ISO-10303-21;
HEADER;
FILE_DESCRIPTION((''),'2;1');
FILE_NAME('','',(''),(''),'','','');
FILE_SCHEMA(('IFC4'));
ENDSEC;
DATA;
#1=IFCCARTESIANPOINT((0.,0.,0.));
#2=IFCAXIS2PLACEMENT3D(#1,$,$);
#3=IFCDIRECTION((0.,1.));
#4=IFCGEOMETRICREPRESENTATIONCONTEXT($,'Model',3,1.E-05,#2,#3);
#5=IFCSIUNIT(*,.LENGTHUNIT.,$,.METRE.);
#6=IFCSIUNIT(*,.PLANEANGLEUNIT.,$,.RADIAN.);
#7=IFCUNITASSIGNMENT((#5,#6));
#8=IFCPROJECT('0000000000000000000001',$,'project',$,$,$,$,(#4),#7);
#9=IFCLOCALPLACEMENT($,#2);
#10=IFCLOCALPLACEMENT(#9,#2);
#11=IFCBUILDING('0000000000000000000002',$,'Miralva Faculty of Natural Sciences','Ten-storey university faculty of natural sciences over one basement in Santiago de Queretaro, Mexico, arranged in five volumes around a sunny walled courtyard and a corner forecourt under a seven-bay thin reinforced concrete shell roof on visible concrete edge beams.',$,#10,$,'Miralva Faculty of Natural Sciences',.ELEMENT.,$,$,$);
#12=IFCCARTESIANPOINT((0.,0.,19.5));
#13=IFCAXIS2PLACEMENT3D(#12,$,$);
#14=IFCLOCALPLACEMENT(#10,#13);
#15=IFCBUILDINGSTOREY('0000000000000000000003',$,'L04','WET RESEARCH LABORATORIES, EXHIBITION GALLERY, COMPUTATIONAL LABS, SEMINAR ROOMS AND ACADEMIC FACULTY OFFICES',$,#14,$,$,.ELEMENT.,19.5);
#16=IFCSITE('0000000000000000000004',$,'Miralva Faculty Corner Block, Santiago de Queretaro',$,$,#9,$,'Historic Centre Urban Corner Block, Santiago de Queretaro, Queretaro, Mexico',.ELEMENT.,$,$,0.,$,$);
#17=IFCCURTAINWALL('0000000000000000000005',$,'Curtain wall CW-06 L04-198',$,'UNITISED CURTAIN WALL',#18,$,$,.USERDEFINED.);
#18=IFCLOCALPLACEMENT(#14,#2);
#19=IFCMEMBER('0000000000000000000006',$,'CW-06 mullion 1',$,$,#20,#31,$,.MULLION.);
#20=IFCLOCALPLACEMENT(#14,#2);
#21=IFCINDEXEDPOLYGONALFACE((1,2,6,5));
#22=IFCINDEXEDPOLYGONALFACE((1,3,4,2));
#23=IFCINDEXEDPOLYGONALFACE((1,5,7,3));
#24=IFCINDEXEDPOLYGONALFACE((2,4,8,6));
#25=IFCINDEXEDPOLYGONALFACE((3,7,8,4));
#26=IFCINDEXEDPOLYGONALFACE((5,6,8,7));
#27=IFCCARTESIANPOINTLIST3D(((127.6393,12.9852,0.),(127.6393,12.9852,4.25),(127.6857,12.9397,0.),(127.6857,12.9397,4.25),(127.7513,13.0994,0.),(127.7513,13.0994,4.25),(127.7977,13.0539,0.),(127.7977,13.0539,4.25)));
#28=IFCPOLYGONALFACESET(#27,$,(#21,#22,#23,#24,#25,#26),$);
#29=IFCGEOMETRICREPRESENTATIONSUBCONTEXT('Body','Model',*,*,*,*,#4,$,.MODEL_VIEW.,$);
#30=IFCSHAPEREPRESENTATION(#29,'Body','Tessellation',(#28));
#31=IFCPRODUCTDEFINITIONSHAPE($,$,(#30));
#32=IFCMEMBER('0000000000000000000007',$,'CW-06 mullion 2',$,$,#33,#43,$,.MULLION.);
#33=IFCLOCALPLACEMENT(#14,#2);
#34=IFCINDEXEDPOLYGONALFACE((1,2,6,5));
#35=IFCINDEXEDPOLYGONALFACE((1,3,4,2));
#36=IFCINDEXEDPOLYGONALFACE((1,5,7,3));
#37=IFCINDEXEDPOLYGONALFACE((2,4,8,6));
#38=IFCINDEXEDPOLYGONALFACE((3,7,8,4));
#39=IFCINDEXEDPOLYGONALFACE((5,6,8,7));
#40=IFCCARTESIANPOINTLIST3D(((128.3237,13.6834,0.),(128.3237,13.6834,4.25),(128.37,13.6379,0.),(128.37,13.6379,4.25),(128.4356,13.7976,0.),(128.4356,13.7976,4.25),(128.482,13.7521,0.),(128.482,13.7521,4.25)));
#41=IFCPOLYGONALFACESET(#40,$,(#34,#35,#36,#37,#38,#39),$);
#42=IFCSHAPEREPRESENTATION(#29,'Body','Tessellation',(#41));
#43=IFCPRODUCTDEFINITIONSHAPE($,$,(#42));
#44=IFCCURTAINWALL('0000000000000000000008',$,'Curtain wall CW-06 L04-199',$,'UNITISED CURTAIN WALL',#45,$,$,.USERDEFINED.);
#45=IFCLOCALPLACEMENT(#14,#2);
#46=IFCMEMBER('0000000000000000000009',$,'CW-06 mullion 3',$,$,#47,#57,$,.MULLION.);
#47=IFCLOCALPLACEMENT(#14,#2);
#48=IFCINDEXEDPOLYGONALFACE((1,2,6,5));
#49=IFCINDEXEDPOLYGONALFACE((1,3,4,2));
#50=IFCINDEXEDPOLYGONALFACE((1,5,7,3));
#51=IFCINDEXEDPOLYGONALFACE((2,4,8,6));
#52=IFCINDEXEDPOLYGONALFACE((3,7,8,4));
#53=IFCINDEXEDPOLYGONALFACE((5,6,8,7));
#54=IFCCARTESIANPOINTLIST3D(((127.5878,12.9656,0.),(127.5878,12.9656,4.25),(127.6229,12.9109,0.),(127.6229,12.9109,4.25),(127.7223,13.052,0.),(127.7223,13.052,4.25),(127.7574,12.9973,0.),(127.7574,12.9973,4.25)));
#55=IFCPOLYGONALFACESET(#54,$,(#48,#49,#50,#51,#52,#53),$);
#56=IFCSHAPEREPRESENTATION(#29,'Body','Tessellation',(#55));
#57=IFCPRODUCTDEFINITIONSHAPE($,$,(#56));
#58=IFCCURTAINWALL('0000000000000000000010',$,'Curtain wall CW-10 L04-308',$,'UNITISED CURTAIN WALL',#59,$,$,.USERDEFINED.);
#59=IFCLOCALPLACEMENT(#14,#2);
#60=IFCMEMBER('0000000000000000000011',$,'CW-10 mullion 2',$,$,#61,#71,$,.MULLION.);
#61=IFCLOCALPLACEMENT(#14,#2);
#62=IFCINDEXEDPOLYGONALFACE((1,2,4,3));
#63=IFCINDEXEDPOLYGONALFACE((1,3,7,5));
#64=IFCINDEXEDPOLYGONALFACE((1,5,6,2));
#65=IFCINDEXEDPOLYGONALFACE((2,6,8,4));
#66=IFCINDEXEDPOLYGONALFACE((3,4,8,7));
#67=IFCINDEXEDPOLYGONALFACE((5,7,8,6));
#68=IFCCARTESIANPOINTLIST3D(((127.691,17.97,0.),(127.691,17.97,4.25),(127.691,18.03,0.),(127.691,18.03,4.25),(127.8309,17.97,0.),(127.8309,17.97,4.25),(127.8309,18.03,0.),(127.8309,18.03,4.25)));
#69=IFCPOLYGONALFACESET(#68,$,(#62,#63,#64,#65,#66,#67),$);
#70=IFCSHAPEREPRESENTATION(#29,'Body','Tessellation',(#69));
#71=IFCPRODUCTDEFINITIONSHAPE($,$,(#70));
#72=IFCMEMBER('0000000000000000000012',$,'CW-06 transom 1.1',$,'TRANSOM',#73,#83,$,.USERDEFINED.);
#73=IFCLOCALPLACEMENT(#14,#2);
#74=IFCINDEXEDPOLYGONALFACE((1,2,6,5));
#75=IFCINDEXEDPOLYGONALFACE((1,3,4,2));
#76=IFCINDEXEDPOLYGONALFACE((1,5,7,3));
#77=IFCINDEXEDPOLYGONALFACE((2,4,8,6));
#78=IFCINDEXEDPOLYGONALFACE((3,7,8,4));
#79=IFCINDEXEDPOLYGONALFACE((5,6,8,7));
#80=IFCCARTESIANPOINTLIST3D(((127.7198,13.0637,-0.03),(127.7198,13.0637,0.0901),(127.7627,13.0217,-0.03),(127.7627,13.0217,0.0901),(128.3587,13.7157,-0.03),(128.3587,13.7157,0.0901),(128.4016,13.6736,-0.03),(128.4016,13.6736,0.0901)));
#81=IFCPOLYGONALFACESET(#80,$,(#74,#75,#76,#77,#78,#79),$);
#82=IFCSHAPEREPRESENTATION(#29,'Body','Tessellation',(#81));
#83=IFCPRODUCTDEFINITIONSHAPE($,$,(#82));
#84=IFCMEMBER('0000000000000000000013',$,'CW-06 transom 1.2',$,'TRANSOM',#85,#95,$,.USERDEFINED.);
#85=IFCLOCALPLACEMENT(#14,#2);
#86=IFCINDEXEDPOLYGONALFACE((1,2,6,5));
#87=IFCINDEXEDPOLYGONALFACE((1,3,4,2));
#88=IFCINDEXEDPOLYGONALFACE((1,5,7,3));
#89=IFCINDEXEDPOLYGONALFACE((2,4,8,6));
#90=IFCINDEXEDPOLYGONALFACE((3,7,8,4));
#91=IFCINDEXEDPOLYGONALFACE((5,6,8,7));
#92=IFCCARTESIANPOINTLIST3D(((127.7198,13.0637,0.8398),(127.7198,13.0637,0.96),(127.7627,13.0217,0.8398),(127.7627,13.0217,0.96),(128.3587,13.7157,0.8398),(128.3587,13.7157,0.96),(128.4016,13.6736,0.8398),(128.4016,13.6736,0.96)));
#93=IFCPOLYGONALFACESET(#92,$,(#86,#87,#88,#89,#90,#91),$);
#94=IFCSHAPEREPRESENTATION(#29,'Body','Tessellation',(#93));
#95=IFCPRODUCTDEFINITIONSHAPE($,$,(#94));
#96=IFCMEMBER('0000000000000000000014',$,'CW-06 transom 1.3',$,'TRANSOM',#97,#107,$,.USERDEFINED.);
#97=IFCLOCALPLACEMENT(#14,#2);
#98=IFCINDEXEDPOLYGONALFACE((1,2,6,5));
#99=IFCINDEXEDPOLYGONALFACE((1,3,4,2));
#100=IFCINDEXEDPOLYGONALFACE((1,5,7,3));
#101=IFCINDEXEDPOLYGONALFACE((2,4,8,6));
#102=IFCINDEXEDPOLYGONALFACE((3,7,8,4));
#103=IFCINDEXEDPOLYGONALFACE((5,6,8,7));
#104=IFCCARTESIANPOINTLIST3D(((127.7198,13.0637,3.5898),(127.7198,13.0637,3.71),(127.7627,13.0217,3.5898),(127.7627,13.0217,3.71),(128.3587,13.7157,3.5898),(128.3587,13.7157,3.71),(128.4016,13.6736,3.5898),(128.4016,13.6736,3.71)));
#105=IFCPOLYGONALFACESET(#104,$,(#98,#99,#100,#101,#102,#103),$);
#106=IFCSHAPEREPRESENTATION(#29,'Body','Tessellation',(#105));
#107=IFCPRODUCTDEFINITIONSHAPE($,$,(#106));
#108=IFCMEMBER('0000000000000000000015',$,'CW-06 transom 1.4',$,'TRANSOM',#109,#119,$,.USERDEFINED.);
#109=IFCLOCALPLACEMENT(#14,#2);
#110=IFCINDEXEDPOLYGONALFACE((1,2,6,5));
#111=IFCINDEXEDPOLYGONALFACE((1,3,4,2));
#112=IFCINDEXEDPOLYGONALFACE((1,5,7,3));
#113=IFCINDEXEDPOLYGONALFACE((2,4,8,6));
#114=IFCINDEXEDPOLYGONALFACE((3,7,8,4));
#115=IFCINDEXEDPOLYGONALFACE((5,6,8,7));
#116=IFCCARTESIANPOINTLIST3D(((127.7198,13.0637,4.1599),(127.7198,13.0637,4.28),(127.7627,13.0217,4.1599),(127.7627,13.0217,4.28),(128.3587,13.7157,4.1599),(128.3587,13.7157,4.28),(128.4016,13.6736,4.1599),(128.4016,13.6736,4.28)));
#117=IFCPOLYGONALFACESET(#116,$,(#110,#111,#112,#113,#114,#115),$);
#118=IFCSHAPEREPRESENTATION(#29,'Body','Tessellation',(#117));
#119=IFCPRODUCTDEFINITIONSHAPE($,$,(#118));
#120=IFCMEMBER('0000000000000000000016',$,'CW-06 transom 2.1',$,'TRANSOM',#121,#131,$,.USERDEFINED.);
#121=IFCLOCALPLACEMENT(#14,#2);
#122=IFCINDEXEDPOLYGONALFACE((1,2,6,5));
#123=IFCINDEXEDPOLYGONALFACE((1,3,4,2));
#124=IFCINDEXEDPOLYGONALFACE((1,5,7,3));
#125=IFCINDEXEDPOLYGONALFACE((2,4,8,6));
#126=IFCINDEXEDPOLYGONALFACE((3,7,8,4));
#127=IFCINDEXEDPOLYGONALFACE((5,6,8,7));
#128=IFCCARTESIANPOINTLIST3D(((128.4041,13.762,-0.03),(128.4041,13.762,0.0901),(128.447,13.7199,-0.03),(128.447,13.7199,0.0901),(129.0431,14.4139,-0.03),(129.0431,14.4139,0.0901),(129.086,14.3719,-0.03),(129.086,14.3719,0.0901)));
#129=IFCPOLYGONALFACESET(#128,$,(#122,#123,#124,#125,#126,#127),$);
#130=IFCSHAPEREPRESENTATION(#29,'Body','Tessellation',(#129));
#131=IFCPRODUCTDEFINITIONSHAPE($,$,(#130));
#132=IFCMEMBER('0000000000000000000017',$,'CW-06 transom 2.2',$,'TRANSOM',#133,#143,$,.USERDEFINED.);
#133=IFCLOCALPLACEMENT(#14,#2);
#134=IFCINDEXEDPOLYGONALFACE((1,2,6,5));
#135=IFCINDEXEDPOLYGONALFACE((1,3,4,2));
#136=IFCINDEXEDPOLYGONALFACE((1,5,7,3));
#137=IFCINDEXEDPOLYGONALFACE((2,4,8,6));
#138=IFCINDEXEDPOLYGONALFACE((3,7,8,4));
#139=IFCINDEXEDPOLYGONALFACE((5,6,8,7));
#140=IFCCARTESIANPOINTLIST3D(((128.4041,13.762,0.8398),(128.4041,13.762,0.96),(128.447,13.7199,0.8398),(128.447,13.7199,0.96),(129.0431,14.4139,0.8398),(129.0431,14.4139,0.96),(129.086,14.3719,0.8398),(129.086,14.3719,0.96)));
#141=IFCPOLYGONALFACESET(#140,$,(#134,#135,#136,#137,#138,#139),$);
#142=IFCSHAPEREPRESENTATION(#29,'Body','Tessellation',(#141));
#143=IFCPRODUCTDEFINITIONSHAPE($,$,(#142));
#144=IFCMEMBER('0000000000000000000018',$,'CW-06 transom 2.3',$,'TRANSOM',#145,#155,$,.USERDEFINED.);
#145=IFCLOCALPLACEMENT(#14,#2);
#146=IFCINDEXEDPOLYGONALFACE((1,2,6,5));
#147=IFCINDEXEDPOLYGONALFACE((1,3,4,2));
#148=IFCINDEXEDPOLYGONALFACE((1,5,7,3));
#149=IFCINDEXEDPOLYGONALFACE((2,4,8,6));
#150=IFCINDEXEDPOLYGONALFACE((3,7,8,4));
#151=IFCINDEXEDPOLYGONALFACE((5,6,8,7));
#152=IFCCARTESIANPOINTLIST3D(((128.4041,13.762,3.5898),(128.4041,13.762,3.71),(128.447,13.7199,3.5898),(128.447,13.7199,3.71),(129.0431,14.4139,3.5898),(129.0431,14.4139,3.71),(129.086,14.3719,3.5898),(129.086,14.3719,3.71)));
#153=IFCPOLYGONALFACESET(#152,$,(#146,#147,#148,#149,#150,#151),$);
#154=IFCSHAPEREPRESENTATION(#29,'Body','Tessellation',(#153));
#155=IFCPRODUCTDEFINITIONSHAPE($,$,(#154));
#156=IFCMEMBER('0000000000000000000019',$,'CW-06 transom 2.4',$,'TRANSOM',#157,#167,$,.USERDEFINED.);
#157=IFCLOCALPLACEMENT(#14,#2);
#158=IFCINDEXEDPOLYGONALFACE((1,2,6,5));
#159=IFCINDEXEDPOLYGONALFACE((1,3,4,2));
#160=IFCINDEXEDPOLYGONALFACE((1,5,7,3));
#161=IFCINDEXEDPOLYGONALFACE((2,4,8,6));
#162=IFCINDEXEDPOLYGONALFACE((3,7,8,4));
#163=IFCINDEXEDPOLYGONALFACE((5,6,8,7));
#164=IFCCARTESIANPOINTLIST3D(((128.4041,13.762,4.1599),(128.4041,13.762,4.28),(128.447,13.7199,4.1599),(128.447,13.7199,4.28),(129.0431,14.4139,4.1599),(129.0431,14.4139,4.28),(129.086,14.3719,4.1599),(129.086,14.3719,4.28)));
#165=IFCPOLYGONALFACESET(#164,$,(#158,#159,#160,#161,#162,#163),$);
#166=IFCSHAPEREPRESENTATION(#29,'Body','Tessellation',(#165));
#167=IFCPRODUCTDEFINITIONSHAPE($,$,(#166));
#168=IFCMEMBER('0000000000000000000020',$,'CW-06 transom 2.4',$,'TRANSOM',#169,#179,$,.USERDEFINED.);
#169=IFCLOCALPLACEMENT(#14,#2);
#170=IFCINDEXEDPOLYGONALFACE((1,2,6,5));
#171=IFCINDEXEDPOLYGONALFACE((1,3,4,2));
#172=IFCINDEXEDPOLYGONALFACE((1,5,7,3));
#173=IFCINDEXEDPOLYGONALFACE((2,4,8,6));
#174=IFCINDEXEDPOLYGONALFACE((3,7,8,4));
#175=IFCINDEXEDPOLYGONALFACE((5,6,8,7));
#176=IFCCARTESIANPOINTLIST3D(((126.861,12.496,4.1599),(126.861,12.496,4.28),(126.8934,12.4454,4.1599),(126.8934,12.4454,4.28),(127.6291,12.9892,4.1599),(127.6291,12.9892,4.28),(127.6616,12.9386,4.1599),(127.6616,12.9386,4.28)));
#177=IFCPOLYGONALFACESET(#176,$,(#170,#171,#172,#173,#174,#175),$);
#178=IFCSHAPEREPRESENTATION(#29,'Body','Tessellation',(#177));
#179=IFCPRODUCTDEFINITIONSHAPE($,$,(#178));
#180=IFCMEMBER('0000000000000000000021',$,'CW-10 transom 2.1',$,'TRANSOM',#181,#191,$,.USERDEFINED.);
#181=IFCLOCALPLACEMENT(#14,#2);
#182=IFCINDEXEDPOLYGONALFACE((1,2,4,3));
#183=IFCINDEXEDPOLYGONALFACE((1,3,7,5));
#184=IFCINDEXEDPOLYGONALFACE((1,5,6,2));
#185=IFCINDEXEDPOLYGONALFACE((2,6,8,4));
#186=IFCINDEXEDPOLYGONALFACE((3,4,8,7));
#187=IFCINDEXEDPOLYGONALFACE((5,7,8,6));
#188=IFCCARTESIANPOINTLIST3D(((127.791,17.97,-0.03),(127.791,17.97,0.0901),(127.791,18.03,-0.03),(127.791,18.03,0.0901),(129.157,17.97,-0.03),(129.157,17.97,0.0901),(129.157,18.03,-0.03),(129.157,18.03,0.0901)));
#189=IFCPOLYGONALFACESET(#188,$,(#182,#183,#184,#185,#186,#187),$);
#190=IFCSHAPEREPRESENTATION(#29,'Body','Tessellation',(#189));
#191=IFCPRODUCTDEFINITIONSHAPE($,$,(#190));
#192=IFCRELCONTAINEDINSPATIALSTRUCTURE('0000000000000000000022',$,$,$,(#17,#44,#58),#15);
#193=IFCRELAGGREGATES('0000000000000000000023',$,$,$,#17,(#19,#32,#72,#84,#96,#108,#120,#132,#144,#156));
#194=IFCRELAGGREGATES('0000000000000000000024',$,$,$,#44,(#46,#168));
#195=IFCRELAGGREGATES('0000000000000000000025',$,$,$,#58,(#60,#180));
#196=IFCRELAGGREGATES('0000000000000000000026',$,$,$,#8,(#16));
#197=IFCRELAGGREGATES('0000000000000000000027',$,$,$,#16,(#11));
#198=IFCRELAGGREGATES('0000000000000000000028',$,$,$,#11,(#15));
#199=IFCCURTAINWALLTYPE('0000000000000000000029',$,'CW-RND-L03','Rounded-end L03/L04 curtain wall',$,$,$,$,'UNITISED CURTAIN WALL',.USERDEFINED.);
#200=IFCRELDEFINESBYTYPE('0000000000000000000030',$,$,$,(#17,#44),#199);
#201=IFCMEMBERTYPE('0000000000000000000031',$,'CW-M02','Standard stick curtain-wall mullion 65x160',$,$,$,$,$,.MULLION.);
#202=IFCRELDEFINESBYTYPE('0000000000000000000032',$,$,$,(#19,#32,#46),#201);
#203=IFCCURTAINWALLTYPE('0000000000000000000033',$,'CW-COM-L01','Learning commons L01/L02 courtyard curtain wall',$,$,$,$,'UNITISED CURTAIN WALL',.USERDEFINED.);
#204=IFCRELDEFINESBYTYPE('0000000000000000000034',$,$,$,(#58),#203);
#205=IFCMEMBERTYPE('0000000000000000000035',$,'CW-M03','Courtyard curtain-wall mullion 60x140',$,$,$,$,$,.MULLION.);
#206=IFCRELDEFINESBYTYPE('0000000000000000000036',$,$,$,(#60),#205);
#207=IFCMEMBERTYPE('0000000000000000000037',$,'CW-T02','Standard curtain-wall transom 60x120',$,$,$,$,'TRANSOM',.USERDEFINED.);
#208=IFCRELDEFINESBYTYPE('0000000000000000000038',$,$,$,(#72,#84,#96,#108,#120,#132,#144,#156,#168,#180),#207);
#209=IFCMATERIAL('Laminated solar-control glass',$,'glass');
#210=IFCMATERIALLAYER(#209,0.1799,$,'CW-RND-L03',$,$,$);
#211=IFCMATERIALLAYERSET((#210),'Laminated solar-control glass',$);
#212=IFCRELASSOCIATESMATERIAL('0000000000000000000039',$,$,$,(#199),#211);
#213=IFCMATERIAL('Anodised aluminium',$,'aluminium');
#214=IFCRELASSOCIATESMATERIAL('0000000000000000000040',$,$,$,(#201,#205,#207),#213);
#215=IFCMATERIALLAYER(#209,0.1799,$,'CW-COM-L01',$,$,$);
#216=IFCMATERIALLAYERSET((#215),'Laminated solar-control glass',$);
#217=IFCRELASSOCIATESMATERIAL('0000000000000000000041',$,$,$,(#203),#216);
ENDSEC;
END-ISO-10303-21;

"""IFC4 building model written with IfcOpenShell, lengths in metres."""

from ifc_helpers import new_model, si_unit, direction, frame, origin, origin_2d, place, context, subcontext, project, spatial, rectangle, extrude, material, layer, layer_set, material_profile, profile_set, type_object, element, aggregate, save


model = new_model("IFC4")

# Units and contexts
model_context = context("Model", 3, precision=1e-05, world=origin(), true_north=direction((0.0, 1.0)))
body_context = subcontext(model_context, "Body", "Model", "MODEL_VIEW")
ifc_project = project(units=[si_unit("LENGTHUNIT", "METRE"), si_unit("PLANEANGLEUNIT", "RADIAN")], contexts=[model_context])

# Site, building, storey
site_placement = place(None, origin())
site = spatial("IfcSite", under=ifc_project, at=site_placement, Name="Miralva Faculty Corner Block, Santiago de Queretaro", LongName="Historic Centre Urban Corner Block, Santiago de Queretaro, Queretaro, Mexico", CompositionType="ELEMENT", RefElevation=0.0)
building_placement = place(site_placement, origin())
building = spatial("IfcBuilding", under=site, at=building_placement, Name="Miralva Faculty of Natural Sciences", Description="Ten-storey university faculty of natural sciences over one basement in Santiago de Queretaro, Mexico, arranged in five volumes around a sunny walled courtyard and a corner forecourt under a seven-bay thin reinforced concrete shell roof on visible concrete edge beams.", LongName="Miralva Faculty of Natural Sciences", CompositionType="ELEMENT")
storey_placement = place(building_placement, frame((0.0, 0.0, 19.5)))
storey = spatial("IfcBuildingStorey", under=building, at=storey_placement, Name="L04", Description="WET RESEARCH LABORATORIES, EXHIBITION GALLERY, COMPUTATIONAL LABS, SEMINAR ROOMS AND ACADEMIC FACULTY OFFICES", CompositionType="ELEMENT", Elevation=19.5)

# Curtain wall, members
ifc_material_1 = material(Name="Laminated solar-control glass", Category="glass")
ifc_layer_1 = layer(ifc_material_1, 0.1799, Name="CW-RND-L03")
ifc_layer_set_1 = layer_set([ifc_layer_1], Name="Laminated solar-control glass")
curtain_wall_type_1 = type_object("IfcCurtainWallType", Name="CW-RND-L03", Description="Rounded-end L03/L04 curtain wall", ElementType="UNITISED CURTAIN WALL", PredefinedType="USERDEFINED", material=ifc_layer_set_1)
curtain_wall_1_placement = place(storey_placement, origin())
curtain_wall_1 = element("IfcCurtainWall", 1, at=curtain_wall_1_placement, inside=storey, type_object=curtain_wall_type_1, Name="Curtain wall CW-06 L04-198", ObjectType="UNITISED CURTAIN WALL", PredefinedType="USERDEFINED")
ifc_material_2 = material(Name="Anodised aluminium", Category="aluminium")
ifc_material_profile_1 = material_profile(ifc_material_2, rectangle(XDim=0.0649, YDim=0.1599, at=origin_2d()), Name="MULLION 65x160")
ifc_profile_set_1 = profile_set([ifc_material_profile_1], Name="Anodised aluminium")
member_type_1 = type_object("IfcMemberType", Name="CW-M02", Description="Standard stick curtain-wall mullion 65x160", PredefinedType="MULLION", material=ifc_profile_set_1)
member_1_placement = place(storey_placement, frame((127.7185, 13.0195, 0.0), z_axis=(0.0, 0.0, 1.0), x_axis=(-0.714125, 0.700018, 0.0)))
member_1 = element("IfcMember", 2, at=member_1_placement, type_object=member_type_1, Name="CW-06 mullion 1", PredefinedType="MULLION", context=body_context, shape_type="SweptSolid", body=[
    extrude(rectangle(XDim=0.0649, YDim=0.1599, at=origin_2d()), origin(), (0.0, 0.0, 1.0), 4.25),
])
member_2_placement = place(storey_placement, frame((128.4028, 13.7178, 0.0), z_axis=(0.0, 0.0, 1.0), x_axis=(-0.714125, 0.700018, 0.0)))
member_2 = element("IfcMember", 3, at=member_2_placement, type_object=member_type_1, Name="CW-06 mullion 2", PredefinedType="MULLION", context=body_context, shape_type="SweptSolid", body=[
    extrude(rectangle(XDim=0.0649, YDim=0.1599, at=origin_2d()), origin(), (0.0, 0.0, 1.0), 4.25),
])

# Curtain walls, members
curtain_wall_2_placement = place(storey_placement, origin())
curtain_wall_2 = element("IfcCurtainWall", 4, at=curtain_wall_2_placement, inside=storey, type_object=curtain_wall_type_1, Name="Curtain wall CW-06 L04-199", ObjectType="UNITISED CURTAIN WALL", PredefinedType="USERDEFINED")
member_3_placement = place(storey_placement, frame((127.6726, 12.9814, 0.0), z_axis=(0.0, 0.0, 1.0), x_axis=(-0.540445, 0.841379, 0.0)))
member_3 = element("IfcMember", 5, at=member_3_placement, type_object=member_type_1, Name="CW-06 mullion 3", PredefinedType="MULLION", context=body_context, shape_type="SweptSolid", body=[
    extrude(rectangle(XDim=0.0649, YDim=0.1599, at=origin_2d()), origin(), (0.0, 0.0, 1.0), 4.25),
])
ifc_layer_2 = layer(ifc_material_1, 0.1799, Name="CW-COM-L01")
ifc_layer_set_2 = layer_set([ifc_layer_2], Name="Laminated solar-control glass")
curtain_wall_type_2 = type_object("IfcCurtainWallType", Name="CW-COM-L01", Description="Learning commons L01/L02 courtyard curtain wall", ElementType="UNITISED CURTAIN WALL", PredefinedType="USERDEFINED", material=ifc_layer_set_2)
curtain_wall_3_placement = place(storey_placement, origin())
curtain_wall_3 = element("IfcCurtainWall", 6, at=curtain_wall_3_placement, inside=storey, type_object=curtain_wall_type_2, Name="Curtain wall CW-10 L04-308", ObjectType="UNITISED CURTAIN WALL", PredefinedType="USERDEFINED")
ifc_material_profile_2 = material_profile(ifc_material_2, rectangle(XDim=0.0601, YDim=0.1399, at=origin_2d()), Name="MULLION 60x140")
ifc_profile_set_2 = profile_set([ifc_material_profile_2], Name="Anodised aluminium")
member_type_2 = type_object("IfcMemberType", Name="CW-M03", Description="Courtyard curtain-wall mullion 60x140", PredefinedType="MULLION", material=ifc_profile_set_2)
member_4_placement = place(storey_placement, frame((127.761, 18.0, 0.0), z_axis=(0.0, 0.0, 1.0), x_axis=(0.0, 1.0, 0.0)))
member_4 = element("IfcMember", 7, at=member_4_placement, type_object=member_type_2, Name="CW-10 mullion 2", PredefinedType="MULLION", context=body_context, shape_type="SweptSolid", body=[
    extrude(rectangle(XDim=0.0601, YDim=0.1399, at=origin_2d()), origin(), (0.0, 0.0, 1.0), 4.25),
])

# Members
ifc_material_profile_3 = material_profile(ifc_material_2, rectangle(XDim=0.0601, YDim=0.1201, at=origin_2d()), Name="TRANSOM 60x120")
ifc_profile_set_3 = profile_set([ifc_material_profile_3], Name="Anodised aluminium")
member_type_3 = type_object("IfcMemberType", Name="CW-T02", Description="Standard curtain-wall transom 60x120", ElementType="TRANSOM", PredefinedType="USERDEFINED", material=ifc_profile_set_3)
member_5_placement = place(storey_placement, frame((127.7412, 13.0427, 0.03), z_axis=(0.699983, 0.714159, 0.0), x_axis=(-0.714159, 0.699983, 0.0)))
member_5 = element("IfcMember", 8, at=member_5_placement, type_object=member_type_3, Name="CW-06 transom 1.1", ObjectType="TRANSOM", PredefinedType="USERDEFINED", context=body_context, shape_type="SweptSolid", body=[
    extrude(rectangle(XDim=0.0601, YDim=0.1201, at=origin_2d()), origin(), (0.0, 0.0, 1.0), 0.9128),
])
member_6_placement = place(storey_placement, frame((127.7412, 13.0427, 0.8999), z_axis=(0.699983, 0.714159, 0.0), x_axis=(-0.714159, 0.699983, 0.0)))
member_6 = element("IfcMember", 9, at=member_6_placement, type_object=member_type_3, Name="CW-06 transom 1.2", ObjectType="TRANSOM", PredefinedType="USERDEFINED", context=body_context, shape_type="SweptSolid", body=[
    extrude(rectangle(XDim=0.0601, YDim=0.1201, at=origin_2d()), origin(), (0.0, 0.0, 1.0), 0.9128),
])
member_7_placement = place(storey_placement, frame((127.7412, 13.0427, 3.6499), z_axis=(0.699983, 0.714159, 0.0), x_axis=(-0.714159, 0.699983, 0.0)))
member_7 = element("IfcMember", 10, at=member_7_placement, type_object=member_type_3, Name="CW-06 transom 1.3", ObjectType="TRANSOM", PredefinedType="USERDEFINED", context=body_context, shape_type="SweptSolid", body=[
    extrude(rectangle(XDim=0.0601, YDim=0.1201, at=origin_2d()), origin(), (0.0, 0.0, 1.0), 0.9128),
])
member_8_placement = place(storey_placement, frame((127.7412, 13.0427, 4.22), z_axis=(0.699983, 0.714159, 0.0), x_axis=(-0.714159, 0.699983, 0.0)))
member_8 = element("IfcMember", 11, at=member_8_placement, type_object=member_type_3, Name="CW-06 transom 1.4", ObjectType="TRANSOM", PredefinedType="USERDEFINED", context=body_context, shape_type="SweptSolid", body=[
    extrude(rectangle(XDim=0.0601, YDim=0.1201, at=origin_2d()), origin(), (0.0, 0.0, 1.0), 0.9128),
])
member_9_placement = place(storey_placement, frame((128.4255, 13.741, 0.03), z_axis=(0.699983, 0.714159, 0.0), x_axis=(-0.714159, 0.699983, 0.0)))
member_9 = element("IfcMember", 12, at=member_9_placement, type_object=member_type_3, Name="CW-06 transom 2.1", ObjectType="TRANSOM", PredefinedType="USERDEFINED", context=body_context, shape_type="SweptSolid", body=[
    extrude(rectangle(XDim=0.0601, YDim=0.1201, at=origin_2d()), origin(), (0.0, 0.0, 1.0), 0.9128),
])
member_10_placement = place(storey_placement, frame((128.4255, 13.741, 0.8999), z_axis=(0.699983, 0.714159, 0.0), x_axis=(-0.714159, 0.699983, 0.0)))
member_10 = element("IfcMember", 13, at=member_10_placement, type_object=member_type_3, Name="CW-06 transom 2.2", ObjectType="TRANSOM", PredefinedType="USERDEFINED", context=body_context, shape_type="SweptSolid", body=[
    extrude(rectangle(XDim=0.0601, YDim=0.1201, at=origin_2d()), origin(), (0.0, 0.0, 1.0), 0.9128),
])
member_11_placement = place(storey_placement, frame((128.4255, 13.741, 3.6499), z_axis=(0.699983, 0.714159, 0.0), x_axis=(-0.714159, 0.699983, 0.0)))
member_11 = element("IfcMember", 14, at=member_11_placement, type_object=member_type_3, Name="CW-06 transom 2.3", ObjectType="TRANSOM", PredefinedType="USERDEFINED", context=body_context, shape_type="SweptSolid", body=[
    extrude(rectangle(XDim=0.0601, YDim=0.1201, at=origin_2d()), origin(), (0.0, 0.0, 1.0), 0.9128),
])
member_12_placement = place(storey_placement, frame((128.4255, 13.741, 4.22), z_axis=(0.699983, 0.714159, 0.0), x_axis=(-0.714159, 0.699983, 0.0)))
member_12 = element("IfcMember", 15, at=member_12_placement, type_object=member_type_3, Name="CW-06 transom 2.4", ObjectType="TRANSOM", PredefinedType="USERDEFINED", context=body_context, shape_type="SweptSolid", body=[
    extrude(rectangle(XDim=0.0601, YDim=0.1201, at=origin_2d()), origin(), (0.0, 0.0, 1.0), 0.9128),
])
member_13_placement = place(storey_placement, frame((126.8772, 12.4707, 4.22), z_axis=(0.841474, 0.540298, 0.0), x_axis=(-0.540298, 0.841474, 0.0)))
member_13 = element("IfcMember", 16, at=member_13_placement, type_object=member_type_3, Name="CW-06 transom 2.4", ObjectType="TRANSOM", PredefinedType="USERDEFINED", context=body_context, shape_type="SweptSolid", body=[
    extrude(rectangle(XDim=0.0601, YDim=0.1201, at=origin_2d()), origin(), (0.0, 0.0, 1.0), 0.9128),
])
member_14_placement = place(storey_placement, frame((127.791, 18.0, 0.03), z_axis=(1.0, 0.0, 0.0), x_axis=(0.0, 1.0, 0.0)))
member_14 = element("IfcMember", 17, at=member_14_placement, type_object=member_type_3, Name="CW-10 transom 2.1", ObjectType="TRANSOM", PredefinedType="USERDEFINED", context=body_context, shape_type="SweptSolid", body=[
    extrude(rectangle(XDim=0.0601, YDim=0.1201, at=origin_2d()), origin(), (0.0, 0.0, 1.0), 1.366),
])

aggregate(curtain_wall_1, [member_1, member_2, member_5, member_6, member_7, member_8, member_9, member_10, member_11, member_12])
aggregate(curtain_wall_2, [member_3, member_13])
aggregate(curtain_wall_3, [member_4, member_14])

save(model, "model.ifc")
